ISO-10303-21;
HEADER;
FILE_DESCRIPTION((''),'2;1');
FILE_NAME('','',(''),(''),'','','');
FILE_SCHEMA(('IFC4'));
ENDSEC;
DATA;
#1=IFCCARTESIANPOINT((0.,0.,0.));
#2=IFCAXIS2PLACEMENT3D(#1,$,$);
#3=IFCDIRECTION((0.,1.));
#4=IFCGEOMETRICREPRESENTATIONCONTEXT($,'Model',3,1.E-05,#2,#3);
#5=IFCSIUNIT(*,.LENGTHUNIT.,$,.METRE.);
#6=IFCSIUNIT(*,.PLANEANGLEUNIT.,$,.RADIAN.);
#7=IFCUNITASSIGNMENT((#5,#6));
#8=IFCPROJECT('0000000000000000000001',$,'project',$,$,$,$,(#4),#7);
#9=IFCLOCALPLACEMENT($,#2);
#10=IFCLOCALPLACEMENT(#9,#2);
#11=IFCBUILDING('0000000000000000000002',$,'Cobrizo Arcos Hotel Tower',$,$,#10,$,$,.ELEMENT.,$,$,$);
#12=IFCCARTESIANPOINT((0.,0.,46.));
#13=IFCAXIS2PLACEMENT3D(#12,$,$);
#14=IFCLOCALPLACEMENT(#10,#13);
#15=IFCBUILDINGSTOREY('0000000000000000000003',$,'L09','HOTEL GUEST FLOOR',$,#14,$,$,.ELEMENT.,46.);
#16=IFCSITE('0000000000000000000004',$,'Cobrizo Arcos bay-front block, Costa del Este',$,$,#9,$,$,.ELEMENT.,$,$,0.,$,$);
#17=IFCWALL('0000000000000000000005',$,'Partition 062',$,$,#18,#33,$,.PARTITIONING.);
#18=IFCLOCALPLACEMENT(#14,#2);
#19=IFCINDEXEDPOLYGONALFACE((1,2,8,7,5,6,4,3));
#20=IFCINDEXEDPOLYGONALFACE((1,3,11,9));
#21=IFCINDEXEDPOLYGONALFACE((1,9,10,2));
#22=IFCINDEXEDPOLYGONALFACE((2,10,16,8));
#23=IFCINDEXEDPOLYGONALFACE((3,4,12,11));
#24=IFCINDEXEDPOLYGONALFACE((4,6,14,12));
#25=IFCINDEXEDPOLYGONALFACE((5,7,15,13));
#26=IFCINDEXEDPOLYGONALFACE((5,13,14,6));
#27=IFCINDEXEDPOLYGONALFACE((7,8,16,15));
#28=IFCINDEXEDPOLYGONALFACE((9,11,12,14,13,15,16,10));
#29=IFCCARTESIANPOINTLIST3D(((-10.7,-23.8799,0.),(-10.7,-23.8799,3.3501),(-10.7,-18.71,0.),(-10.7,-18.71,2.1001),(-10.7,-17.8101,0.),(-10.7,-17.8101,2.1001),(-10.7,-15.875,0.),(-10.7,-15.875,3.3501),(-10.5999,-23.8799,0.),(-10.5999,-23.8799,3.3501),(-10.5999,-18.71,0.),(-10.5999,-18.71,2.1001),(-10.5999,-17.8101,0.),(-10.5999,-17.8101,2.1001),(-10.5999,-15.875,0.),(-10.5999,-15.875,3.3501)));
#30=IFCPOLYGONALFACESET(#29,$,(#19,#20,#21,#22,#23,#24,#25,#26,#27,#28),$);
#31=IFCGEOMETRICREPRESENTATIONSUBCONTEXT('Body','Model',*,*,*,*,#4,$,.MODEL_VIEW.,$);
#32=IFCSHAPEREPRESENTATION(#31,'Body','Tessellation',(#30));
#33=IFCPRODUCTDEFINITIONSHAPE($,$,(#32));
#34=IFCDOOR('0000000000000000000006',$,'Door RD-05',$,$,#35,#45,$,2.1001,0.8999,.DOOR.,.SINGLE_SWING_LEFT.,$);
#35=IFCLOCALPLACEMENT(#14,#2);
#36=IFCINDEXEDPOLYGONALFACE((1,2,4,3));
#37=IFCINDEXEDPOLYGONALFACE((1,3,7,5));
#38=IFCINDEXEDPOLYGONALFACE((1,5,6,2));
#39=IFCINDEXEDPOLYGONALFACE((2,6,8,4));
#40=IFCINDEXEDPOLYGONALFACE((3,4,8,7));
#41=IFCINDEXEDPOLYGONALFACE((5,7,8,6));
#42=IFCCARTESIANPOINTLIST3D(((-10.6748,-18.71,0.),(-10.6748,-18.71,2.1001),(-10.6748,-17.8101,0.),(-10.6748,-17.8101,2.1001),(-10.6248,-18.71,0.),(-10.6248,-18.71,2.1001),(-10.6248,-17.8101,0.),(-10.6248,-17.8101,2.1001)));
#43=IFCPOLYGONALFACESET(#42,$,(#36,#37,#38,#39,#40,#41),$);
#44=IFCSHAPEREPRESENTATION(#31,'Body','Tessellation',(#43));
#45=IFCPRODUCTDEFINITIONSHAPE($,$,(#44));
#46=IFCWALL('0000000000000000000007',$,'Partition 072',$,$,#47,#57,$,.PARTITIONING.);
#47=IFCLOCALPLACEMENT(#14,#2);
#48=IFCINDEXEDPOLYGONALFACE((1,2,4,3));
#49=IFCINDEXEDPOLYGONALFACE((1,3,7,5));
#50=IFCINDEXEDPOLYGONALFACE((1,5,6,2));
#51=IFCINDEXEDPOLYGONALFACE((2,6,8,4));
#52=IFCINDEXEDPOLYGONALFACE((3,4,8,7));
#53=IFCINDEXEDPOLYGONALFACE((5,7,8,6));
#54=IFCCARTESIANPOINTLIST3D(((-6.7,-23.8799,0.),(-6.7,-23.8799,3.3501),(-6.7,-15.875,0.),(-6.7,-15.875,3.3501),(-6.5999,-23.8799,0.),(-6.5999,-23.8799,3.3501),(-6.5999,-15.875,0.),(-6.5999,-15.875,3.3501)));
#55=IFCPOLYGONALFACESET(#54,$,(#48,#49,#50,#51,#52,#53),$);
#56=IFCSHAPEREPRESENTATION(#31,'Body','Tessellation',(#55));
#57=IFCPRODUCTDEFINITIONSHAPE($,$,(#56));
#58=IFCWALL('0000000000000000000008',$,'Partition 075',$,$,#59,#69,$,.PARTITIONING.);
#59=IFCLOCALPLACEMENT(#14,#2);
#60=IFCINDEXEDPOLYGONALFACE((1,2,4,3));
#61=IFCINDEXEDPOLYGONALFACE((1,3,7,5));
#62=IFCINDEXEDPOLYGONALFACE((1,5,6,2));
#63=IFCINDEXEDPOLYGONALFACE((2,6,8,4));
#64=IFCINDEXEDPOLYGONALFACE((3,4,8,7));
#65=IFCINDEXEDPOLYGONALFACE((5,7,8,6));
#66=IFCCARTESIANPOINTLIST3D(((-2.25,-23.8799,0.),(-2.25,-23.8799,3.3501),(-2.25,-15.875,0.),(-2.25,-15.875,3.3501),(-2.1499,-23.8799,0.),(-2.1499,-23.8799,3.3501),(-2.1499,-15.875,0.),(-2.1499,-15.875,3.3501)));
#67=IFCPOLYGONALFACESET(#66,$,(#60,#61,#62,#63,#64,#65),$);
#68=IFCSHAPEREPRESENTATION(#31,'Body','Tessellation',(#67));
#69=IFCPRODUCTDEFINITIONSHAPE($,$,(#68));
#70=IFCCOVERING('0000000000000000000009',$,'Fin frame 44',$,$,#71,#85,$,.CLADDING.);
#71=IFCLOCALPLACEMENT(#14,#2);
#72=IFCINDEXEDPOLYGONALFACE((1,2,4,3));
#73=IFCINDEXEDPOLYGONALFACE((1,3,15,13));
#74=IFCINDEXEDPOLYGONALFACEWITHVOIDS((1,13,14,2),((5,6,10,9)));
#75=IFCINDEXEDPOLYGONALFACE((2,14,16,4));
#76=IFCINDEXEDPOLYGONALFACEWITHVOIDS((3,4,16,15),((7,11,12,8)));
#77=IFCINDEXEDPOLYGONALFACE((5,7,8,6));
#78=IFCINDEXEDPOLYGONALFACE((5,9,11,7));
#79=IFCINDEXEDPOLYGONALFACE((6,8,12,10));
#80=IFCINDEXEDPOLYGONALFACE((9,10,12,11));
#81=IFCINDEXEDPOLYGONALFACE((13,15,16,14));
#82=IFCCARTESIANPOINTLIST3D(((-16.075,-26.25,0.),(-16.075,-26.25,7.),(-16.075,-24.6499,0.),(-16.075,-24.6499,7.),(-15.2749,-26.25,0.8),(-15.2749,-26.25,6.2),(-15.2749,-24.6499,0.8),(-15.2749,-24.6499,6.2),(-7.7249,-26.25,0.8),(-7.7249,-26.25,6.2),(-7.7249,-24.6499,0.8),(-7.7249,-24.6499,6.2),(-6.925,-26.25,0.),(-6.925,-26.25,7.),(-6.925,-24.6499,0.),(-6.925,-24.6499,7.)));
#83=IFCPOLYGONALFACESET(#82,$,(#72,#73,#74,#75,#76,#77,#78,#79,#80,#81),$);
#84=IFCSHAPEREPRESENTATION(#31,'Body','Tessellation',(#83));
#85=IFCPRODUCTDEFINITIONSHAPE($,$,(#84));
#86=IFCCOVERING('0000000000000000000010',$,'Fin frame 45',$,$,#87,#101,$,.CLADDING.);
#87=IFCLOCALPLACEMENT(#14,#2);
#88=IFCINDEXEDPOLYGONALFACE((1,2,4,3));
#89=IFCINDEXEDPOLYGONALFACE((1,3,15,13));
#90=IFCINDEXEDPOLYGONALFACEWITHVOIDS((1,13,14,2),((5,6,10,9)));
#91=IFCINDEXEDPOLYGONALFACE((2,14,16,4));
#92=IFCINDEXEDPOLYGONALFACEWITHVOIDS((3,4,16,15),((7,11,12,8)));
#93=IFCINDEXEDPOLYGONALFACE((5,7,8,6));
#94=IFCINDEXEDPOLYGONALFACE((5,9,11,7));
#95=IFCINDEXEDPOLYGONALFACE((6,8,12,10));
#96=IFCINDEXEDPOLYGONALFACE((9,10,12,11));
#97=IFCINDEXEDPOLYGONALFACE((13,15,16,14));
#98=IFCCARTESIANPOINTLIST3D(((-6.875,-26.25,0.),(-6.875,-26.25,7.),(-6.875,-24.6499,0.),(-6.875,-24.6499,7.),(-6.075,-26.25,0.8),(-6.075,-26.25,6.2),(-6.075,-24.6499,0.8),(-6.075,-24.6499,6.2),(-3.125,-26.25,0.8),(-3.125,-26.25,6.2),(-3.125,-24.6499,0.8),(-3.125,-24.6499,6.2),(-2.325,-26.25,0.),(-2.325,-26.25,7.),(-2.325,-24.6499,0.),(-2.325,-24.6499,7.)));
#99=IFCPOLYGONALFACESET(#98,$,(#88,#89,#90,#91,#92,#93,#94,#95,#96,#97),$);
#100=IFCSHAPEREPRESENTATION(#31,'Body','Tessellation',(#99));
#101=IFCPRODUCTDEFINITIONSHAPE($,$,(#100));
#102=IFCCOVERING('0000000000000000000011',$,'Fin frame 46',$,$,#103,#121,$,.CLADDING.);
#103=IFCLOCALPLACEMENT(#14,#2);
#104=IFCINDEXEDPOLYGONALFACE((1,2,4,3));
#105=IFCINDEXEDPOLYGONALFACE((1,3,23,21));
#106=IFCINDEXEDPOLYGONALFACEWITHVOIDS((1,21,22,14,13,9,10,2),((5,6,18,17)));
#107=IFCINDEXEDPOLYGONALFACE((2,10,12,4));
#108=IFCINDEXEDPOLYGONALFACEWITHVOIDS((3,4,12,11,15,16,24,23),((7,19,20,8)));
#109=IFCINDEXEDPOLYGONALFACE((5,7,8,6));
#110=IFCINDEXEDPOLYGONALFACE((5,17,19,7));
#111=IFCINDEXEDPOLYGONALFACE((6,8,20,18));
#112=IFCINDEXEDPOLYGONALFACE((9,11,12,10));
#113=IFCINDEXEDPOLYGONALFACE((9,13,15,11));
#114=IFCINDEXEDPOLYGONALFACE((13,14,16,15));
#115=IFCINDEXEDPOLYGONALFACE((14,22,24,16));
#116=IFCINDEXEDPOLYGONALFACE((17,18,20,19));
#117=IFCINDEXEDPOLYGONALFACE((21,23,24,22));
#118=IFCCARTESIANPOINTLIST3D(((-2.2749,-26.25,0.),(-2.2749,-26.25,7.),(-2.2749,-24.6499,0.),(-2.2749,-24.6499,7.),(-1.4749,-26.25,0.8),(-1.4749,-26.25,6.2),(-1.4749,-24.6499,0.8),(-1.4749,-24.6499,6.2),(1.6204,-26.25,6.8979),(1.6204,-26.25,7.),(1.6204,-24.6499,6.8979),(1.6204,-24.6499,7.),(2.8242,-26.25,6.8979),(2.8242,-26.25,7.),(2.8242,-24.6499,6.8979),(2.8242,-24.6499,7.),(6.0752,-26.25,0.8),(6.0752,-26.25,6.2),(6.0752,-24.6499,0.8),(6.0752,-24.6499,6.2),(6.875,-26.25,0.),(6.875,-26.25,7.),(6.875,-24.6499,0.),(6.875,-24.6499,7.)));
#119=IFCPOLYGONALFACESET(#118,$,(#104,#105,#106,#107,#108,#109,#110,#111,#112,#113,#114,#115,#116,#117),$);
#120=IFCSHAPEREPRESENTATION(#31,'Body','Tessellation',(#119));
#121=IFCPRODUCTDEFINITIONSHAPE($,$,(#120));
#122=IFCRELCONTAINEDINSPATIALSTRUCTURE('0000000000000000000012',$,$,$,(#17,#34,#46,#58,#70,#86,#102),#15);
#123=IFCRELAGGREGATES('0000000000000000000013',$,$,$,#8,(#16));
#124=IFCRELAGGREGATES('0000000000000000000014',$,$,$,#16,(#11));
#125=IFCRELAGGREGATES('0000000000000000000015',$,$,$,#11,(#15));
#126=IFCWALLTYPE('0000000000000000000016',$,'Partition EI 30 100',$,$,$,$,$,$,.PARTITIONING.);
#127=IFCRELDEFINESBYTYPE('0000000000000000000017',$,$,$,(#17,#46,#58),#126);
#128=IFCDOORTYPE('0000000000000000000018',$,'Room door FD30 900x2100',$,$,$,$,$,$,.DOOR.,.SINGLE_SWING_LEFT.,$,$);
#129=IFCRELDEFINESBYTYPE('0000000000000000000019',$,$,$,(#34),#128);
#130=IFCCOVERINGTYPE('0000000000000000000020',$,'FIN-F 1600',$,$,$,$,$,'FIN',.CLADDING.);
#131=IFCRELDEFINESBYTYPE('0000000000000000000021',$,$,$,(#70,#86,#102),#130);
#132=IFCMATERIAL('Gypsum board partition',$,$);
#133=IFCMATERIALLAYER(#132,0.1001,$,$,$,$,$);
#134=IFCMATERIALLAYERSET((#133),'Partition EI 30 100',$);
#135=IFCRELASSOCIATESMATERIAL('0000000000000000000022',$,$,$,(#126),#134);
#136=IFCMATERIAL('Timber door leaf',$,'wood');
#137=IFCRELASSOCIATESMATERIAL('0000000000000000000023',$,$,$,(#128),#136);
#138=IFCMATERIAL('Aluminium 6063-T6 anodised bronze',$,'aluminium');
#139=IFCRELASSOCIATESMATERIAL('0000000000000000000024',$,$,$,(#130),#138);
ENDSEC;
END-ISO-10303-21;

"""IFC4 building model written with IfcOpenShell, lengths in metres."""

from ifc_helpers import new_model, si_unit, direction, frame, frame_2d, origin, place, context, subcontext, project, spatial, polyline, rectangle, outline, extrude, material, layer, layer_set, type_object, element, fill, save


model = new_model("IFC4")

# Units and contexts
model_context = context("Model", 3, precision=1e-05, world=origin(), true_north=direction((0.0, 1.0)))
body_context = subcontext(model_context, "Body", "Model", "MODEL_VIEW")
ifc_project = project(units=[si_unit("LENGTHUNIT", "METRE"), si_unit("PLANEANGLEUNIT", "RADIAN")], contexts=[model_context])

# Site, building, storey
site_placement = place(None, origin())
site = spatial("IfcSite", under=ifc_project, at=site_placement, Name="Cobrizo Arcos bay-front block, Costa del Este", CompositionType="ELEMENT", RefElevation=0.0)
building_placement = place(site_placement, origin())
building = spatial("IfcBuilding", under=site, at=building_placement, Name="Cobrizo Arcos Hotel Tower", CompositionType="ELEMENT")
storey_placement = place(building_placement, frame((0.0, 0.0, 46.0)))
storey = spatial("IfcBuildingStorey", under=building, at=storey_placement, Name="L09", Description="HOTEL GUEST FLOOR", CompositionType="ELEMENT", Elevation=46.0)

# Shared definitions
ifc_material_1 = material(Name="Aluminium 6063-T6 anodised bronze", Category="aluminium")

# Shared definitions
ifc_material_2 = material(Name="Gypsum board partition")
ifc_layer_1 = layer(ifc_material_2, 0.1001)
ifc_layer_set_1 = layer_set([ifc_layer_1], Name="Partition EI 30 100")
wall_type = type_object("IfcWallType", Name="Partition EI 30 100", PredefinedType="PARTITIONING", material=ifc_layer_set_1)

# Wall, opening, door
wall_1_placement = place(storey_placement, frame((-10.6499, -23.8799, 0.0), z_axis=(0.0, 0.0, 1.0), x_axis=(0.0, 1.0, 0.0)))
wall_1 = element("IfcWall", 1, at=wall_1_placement, inside=storey, type_object=wall_type, Name="Partition 062", PredefinedType="PARTITIONING", context=body_context, shape_type="SweptSolid", body=[
    extrude(rectangle(XDim=8.0049, YDim=0.1001, at=frame_2d((4.0024, 0.0))), origin(), (0.0, 0.0, 1.0), 3.3501),
])
opening_placement = place(wall_1_placement, frame((5.1699, 0.0, 0.0)))
opening = element("IfcOpeningElement", 2, at=opening_placement, cuts=wall_1, PredefinedType="OPENING", context=body_context, shape_type="SweptSolid", body=[
    extrude(rectangle(XDim=0.8999, YDim=2.1001, at=frame_2d((0.45, 1.05))), frame((0.0, 0.062, 0.0), z_axis=(0.0, -1.0, 0.0), x_axis=(1.0, 0.0, 0.0)), (0.0, 0.0, 1.0), 0.124),
])
ifc_material_3 = material(Name="Timber door leaf", Category="wood")
door_type = type_object("IfcDoorType", Name="Room door FD30 900x2100", OperationType="SINGLE_SWING_LEFT", PredefinedType="DOOR", material=ifc_material_3)
door_placement = place(opening_placement, origin())
door = element("IfcDoor", 3, at=door_placement, inside=storey, type_object=door_type, Name="Door RD-05", OperationType="SINGLE_SWING_LEFT", OverallHeight=2.1001, OverallWidth=0.8999, PredefinedType="DOOR", context=body_context, shape_type="SweptSolid", body=[
    extrude(rectangle(XDim=0.8999, YDim=2.1001, at=frame_2d((0.45, 1.05))), frame((0.0, 0.0249, 0.0), z_axis=(0.0, -1.0, 0.0), x_axis=(1.0, 0.0, 0.0)), (0.0, 0.0, 1.0), 0.05),
])
fill(opening, door)

# Walls
for number, where, z_axis, x_axis, name in (
    (4, (-6.6499, -23.8799, 0.0), (0.0, 0.0, 1.0), (0.0, 1.0, 0.0), "Partition 072"),
    (5, (-2.2, -23.8799, 0.0), (0.0, 0.0, 1.0), (0.0, 1.0, 0.0), "Partition 075"),
):
    element("IfcWall", number, at=place(storey_placement, frame(where, z_axis=z_axis, x_axis=x_axis)), inside=storey, type_object=wall_type, Name=name, PredefinedType="PARTITIONING", context=body_context, shape_type="SweptSolid", body=[
        extrude(rectangle(XDim=8.0049, YDim=0.1001, at=frame_2d((4.0024, 0.0))), origin(), (0.0, 0.0, 1.0), 3.3501),
    ])

# Coverings
covering_type = type_object("IfcCoveringType", Name="FIN-F 1600", ElementType="FIN", PredefinedType="CLADDING", material=ifc_material_1)
covering_1_placement = place(storey_placement, frame((-16.075, -24.6499, 0.0), z_axis=(0.0, -1.0, 0.0), x_axis=(1.0, 0.0, 0.0)))
element("IfcCovering", 6, at=covering_1_placement, inside=storey, type_object=covering_type, Name="Fin frame 44", PredefinedType="CLADDING", context=body_context, shape_type="SweptSolid", body=[
    extrude(outline(polyline([(0.0, 7.0), (0.0, 0.0), (9.1499, 0.0), (9.1499, 7.0), (0.0, 7.0)]), holes=[polyline([(8.3501, 0.8), (0.8, 0.8), (0.8, 6.2), (8.3501, 6.2), (8.3501, 0.8)])]), origin(), (0.0, 0.0, 1.0), 1.6001),
])
covering_2_placement = place(storey_placement, frame((-6.875, -24.6499, 0.0), z_axis=(0.0, -1.0, 0.0), x_axis=(1.0, 0.0, 0.0)))
element("IfcCovering", 7, at=covering_2_placement, inside=storey, type_object=covering_type, Name="Fin frame 45", PredefinedType="CLADDING", context=body_context, shape_type="SweptSolid", body=[
    extrude(outline(polyline([(0.0, 7.0), (0.0, 0.0), (4.55, 0.0), (4.55, 7.0), (0.0, 7.0)]), holes=[polyline([(3.75, 0.8), (0.8, 0.8), (0.8, 6.2), (3.75, 6.2), (3.75, 0.8)])]), origin(), (0.0, 0.0, 1.0), 1.6001),
])
covering_3_placement = place(storey_placement, frame((-2.2749, -24.6499, 0.0), z_axis=(0.0, -1.0, 0.0), x_axis=(1.0, 0.0, 0.0)))
element("IfcCovering", 8, at=covering_3_placement, inside=storey, type_object=covering_type, Name="Fin frame 46", PredefinedType="CLADDING", context=body_context, shape_type="SweptSolid", body=[
    extrude(outline(polyline([(9.1499, 7.0), (5.0991, 7.0), (5.0991, 6.8979), (3.8953, 6.8979), (3.8953, 7.0), (0.0, 7.0), (0.0, 0.0), (9.1499, 0.0), (9.1499, 7.0)]), holes=[polyline([(8.3501, 0.8), (0.8, 0.8), (0.8, 6.2), (8.3501, 6.2), (8.3501, 0.8)])]), origin(), (0.0, 0.0, 1.0), 1.6001),
])

save(model, "model.ifc")
